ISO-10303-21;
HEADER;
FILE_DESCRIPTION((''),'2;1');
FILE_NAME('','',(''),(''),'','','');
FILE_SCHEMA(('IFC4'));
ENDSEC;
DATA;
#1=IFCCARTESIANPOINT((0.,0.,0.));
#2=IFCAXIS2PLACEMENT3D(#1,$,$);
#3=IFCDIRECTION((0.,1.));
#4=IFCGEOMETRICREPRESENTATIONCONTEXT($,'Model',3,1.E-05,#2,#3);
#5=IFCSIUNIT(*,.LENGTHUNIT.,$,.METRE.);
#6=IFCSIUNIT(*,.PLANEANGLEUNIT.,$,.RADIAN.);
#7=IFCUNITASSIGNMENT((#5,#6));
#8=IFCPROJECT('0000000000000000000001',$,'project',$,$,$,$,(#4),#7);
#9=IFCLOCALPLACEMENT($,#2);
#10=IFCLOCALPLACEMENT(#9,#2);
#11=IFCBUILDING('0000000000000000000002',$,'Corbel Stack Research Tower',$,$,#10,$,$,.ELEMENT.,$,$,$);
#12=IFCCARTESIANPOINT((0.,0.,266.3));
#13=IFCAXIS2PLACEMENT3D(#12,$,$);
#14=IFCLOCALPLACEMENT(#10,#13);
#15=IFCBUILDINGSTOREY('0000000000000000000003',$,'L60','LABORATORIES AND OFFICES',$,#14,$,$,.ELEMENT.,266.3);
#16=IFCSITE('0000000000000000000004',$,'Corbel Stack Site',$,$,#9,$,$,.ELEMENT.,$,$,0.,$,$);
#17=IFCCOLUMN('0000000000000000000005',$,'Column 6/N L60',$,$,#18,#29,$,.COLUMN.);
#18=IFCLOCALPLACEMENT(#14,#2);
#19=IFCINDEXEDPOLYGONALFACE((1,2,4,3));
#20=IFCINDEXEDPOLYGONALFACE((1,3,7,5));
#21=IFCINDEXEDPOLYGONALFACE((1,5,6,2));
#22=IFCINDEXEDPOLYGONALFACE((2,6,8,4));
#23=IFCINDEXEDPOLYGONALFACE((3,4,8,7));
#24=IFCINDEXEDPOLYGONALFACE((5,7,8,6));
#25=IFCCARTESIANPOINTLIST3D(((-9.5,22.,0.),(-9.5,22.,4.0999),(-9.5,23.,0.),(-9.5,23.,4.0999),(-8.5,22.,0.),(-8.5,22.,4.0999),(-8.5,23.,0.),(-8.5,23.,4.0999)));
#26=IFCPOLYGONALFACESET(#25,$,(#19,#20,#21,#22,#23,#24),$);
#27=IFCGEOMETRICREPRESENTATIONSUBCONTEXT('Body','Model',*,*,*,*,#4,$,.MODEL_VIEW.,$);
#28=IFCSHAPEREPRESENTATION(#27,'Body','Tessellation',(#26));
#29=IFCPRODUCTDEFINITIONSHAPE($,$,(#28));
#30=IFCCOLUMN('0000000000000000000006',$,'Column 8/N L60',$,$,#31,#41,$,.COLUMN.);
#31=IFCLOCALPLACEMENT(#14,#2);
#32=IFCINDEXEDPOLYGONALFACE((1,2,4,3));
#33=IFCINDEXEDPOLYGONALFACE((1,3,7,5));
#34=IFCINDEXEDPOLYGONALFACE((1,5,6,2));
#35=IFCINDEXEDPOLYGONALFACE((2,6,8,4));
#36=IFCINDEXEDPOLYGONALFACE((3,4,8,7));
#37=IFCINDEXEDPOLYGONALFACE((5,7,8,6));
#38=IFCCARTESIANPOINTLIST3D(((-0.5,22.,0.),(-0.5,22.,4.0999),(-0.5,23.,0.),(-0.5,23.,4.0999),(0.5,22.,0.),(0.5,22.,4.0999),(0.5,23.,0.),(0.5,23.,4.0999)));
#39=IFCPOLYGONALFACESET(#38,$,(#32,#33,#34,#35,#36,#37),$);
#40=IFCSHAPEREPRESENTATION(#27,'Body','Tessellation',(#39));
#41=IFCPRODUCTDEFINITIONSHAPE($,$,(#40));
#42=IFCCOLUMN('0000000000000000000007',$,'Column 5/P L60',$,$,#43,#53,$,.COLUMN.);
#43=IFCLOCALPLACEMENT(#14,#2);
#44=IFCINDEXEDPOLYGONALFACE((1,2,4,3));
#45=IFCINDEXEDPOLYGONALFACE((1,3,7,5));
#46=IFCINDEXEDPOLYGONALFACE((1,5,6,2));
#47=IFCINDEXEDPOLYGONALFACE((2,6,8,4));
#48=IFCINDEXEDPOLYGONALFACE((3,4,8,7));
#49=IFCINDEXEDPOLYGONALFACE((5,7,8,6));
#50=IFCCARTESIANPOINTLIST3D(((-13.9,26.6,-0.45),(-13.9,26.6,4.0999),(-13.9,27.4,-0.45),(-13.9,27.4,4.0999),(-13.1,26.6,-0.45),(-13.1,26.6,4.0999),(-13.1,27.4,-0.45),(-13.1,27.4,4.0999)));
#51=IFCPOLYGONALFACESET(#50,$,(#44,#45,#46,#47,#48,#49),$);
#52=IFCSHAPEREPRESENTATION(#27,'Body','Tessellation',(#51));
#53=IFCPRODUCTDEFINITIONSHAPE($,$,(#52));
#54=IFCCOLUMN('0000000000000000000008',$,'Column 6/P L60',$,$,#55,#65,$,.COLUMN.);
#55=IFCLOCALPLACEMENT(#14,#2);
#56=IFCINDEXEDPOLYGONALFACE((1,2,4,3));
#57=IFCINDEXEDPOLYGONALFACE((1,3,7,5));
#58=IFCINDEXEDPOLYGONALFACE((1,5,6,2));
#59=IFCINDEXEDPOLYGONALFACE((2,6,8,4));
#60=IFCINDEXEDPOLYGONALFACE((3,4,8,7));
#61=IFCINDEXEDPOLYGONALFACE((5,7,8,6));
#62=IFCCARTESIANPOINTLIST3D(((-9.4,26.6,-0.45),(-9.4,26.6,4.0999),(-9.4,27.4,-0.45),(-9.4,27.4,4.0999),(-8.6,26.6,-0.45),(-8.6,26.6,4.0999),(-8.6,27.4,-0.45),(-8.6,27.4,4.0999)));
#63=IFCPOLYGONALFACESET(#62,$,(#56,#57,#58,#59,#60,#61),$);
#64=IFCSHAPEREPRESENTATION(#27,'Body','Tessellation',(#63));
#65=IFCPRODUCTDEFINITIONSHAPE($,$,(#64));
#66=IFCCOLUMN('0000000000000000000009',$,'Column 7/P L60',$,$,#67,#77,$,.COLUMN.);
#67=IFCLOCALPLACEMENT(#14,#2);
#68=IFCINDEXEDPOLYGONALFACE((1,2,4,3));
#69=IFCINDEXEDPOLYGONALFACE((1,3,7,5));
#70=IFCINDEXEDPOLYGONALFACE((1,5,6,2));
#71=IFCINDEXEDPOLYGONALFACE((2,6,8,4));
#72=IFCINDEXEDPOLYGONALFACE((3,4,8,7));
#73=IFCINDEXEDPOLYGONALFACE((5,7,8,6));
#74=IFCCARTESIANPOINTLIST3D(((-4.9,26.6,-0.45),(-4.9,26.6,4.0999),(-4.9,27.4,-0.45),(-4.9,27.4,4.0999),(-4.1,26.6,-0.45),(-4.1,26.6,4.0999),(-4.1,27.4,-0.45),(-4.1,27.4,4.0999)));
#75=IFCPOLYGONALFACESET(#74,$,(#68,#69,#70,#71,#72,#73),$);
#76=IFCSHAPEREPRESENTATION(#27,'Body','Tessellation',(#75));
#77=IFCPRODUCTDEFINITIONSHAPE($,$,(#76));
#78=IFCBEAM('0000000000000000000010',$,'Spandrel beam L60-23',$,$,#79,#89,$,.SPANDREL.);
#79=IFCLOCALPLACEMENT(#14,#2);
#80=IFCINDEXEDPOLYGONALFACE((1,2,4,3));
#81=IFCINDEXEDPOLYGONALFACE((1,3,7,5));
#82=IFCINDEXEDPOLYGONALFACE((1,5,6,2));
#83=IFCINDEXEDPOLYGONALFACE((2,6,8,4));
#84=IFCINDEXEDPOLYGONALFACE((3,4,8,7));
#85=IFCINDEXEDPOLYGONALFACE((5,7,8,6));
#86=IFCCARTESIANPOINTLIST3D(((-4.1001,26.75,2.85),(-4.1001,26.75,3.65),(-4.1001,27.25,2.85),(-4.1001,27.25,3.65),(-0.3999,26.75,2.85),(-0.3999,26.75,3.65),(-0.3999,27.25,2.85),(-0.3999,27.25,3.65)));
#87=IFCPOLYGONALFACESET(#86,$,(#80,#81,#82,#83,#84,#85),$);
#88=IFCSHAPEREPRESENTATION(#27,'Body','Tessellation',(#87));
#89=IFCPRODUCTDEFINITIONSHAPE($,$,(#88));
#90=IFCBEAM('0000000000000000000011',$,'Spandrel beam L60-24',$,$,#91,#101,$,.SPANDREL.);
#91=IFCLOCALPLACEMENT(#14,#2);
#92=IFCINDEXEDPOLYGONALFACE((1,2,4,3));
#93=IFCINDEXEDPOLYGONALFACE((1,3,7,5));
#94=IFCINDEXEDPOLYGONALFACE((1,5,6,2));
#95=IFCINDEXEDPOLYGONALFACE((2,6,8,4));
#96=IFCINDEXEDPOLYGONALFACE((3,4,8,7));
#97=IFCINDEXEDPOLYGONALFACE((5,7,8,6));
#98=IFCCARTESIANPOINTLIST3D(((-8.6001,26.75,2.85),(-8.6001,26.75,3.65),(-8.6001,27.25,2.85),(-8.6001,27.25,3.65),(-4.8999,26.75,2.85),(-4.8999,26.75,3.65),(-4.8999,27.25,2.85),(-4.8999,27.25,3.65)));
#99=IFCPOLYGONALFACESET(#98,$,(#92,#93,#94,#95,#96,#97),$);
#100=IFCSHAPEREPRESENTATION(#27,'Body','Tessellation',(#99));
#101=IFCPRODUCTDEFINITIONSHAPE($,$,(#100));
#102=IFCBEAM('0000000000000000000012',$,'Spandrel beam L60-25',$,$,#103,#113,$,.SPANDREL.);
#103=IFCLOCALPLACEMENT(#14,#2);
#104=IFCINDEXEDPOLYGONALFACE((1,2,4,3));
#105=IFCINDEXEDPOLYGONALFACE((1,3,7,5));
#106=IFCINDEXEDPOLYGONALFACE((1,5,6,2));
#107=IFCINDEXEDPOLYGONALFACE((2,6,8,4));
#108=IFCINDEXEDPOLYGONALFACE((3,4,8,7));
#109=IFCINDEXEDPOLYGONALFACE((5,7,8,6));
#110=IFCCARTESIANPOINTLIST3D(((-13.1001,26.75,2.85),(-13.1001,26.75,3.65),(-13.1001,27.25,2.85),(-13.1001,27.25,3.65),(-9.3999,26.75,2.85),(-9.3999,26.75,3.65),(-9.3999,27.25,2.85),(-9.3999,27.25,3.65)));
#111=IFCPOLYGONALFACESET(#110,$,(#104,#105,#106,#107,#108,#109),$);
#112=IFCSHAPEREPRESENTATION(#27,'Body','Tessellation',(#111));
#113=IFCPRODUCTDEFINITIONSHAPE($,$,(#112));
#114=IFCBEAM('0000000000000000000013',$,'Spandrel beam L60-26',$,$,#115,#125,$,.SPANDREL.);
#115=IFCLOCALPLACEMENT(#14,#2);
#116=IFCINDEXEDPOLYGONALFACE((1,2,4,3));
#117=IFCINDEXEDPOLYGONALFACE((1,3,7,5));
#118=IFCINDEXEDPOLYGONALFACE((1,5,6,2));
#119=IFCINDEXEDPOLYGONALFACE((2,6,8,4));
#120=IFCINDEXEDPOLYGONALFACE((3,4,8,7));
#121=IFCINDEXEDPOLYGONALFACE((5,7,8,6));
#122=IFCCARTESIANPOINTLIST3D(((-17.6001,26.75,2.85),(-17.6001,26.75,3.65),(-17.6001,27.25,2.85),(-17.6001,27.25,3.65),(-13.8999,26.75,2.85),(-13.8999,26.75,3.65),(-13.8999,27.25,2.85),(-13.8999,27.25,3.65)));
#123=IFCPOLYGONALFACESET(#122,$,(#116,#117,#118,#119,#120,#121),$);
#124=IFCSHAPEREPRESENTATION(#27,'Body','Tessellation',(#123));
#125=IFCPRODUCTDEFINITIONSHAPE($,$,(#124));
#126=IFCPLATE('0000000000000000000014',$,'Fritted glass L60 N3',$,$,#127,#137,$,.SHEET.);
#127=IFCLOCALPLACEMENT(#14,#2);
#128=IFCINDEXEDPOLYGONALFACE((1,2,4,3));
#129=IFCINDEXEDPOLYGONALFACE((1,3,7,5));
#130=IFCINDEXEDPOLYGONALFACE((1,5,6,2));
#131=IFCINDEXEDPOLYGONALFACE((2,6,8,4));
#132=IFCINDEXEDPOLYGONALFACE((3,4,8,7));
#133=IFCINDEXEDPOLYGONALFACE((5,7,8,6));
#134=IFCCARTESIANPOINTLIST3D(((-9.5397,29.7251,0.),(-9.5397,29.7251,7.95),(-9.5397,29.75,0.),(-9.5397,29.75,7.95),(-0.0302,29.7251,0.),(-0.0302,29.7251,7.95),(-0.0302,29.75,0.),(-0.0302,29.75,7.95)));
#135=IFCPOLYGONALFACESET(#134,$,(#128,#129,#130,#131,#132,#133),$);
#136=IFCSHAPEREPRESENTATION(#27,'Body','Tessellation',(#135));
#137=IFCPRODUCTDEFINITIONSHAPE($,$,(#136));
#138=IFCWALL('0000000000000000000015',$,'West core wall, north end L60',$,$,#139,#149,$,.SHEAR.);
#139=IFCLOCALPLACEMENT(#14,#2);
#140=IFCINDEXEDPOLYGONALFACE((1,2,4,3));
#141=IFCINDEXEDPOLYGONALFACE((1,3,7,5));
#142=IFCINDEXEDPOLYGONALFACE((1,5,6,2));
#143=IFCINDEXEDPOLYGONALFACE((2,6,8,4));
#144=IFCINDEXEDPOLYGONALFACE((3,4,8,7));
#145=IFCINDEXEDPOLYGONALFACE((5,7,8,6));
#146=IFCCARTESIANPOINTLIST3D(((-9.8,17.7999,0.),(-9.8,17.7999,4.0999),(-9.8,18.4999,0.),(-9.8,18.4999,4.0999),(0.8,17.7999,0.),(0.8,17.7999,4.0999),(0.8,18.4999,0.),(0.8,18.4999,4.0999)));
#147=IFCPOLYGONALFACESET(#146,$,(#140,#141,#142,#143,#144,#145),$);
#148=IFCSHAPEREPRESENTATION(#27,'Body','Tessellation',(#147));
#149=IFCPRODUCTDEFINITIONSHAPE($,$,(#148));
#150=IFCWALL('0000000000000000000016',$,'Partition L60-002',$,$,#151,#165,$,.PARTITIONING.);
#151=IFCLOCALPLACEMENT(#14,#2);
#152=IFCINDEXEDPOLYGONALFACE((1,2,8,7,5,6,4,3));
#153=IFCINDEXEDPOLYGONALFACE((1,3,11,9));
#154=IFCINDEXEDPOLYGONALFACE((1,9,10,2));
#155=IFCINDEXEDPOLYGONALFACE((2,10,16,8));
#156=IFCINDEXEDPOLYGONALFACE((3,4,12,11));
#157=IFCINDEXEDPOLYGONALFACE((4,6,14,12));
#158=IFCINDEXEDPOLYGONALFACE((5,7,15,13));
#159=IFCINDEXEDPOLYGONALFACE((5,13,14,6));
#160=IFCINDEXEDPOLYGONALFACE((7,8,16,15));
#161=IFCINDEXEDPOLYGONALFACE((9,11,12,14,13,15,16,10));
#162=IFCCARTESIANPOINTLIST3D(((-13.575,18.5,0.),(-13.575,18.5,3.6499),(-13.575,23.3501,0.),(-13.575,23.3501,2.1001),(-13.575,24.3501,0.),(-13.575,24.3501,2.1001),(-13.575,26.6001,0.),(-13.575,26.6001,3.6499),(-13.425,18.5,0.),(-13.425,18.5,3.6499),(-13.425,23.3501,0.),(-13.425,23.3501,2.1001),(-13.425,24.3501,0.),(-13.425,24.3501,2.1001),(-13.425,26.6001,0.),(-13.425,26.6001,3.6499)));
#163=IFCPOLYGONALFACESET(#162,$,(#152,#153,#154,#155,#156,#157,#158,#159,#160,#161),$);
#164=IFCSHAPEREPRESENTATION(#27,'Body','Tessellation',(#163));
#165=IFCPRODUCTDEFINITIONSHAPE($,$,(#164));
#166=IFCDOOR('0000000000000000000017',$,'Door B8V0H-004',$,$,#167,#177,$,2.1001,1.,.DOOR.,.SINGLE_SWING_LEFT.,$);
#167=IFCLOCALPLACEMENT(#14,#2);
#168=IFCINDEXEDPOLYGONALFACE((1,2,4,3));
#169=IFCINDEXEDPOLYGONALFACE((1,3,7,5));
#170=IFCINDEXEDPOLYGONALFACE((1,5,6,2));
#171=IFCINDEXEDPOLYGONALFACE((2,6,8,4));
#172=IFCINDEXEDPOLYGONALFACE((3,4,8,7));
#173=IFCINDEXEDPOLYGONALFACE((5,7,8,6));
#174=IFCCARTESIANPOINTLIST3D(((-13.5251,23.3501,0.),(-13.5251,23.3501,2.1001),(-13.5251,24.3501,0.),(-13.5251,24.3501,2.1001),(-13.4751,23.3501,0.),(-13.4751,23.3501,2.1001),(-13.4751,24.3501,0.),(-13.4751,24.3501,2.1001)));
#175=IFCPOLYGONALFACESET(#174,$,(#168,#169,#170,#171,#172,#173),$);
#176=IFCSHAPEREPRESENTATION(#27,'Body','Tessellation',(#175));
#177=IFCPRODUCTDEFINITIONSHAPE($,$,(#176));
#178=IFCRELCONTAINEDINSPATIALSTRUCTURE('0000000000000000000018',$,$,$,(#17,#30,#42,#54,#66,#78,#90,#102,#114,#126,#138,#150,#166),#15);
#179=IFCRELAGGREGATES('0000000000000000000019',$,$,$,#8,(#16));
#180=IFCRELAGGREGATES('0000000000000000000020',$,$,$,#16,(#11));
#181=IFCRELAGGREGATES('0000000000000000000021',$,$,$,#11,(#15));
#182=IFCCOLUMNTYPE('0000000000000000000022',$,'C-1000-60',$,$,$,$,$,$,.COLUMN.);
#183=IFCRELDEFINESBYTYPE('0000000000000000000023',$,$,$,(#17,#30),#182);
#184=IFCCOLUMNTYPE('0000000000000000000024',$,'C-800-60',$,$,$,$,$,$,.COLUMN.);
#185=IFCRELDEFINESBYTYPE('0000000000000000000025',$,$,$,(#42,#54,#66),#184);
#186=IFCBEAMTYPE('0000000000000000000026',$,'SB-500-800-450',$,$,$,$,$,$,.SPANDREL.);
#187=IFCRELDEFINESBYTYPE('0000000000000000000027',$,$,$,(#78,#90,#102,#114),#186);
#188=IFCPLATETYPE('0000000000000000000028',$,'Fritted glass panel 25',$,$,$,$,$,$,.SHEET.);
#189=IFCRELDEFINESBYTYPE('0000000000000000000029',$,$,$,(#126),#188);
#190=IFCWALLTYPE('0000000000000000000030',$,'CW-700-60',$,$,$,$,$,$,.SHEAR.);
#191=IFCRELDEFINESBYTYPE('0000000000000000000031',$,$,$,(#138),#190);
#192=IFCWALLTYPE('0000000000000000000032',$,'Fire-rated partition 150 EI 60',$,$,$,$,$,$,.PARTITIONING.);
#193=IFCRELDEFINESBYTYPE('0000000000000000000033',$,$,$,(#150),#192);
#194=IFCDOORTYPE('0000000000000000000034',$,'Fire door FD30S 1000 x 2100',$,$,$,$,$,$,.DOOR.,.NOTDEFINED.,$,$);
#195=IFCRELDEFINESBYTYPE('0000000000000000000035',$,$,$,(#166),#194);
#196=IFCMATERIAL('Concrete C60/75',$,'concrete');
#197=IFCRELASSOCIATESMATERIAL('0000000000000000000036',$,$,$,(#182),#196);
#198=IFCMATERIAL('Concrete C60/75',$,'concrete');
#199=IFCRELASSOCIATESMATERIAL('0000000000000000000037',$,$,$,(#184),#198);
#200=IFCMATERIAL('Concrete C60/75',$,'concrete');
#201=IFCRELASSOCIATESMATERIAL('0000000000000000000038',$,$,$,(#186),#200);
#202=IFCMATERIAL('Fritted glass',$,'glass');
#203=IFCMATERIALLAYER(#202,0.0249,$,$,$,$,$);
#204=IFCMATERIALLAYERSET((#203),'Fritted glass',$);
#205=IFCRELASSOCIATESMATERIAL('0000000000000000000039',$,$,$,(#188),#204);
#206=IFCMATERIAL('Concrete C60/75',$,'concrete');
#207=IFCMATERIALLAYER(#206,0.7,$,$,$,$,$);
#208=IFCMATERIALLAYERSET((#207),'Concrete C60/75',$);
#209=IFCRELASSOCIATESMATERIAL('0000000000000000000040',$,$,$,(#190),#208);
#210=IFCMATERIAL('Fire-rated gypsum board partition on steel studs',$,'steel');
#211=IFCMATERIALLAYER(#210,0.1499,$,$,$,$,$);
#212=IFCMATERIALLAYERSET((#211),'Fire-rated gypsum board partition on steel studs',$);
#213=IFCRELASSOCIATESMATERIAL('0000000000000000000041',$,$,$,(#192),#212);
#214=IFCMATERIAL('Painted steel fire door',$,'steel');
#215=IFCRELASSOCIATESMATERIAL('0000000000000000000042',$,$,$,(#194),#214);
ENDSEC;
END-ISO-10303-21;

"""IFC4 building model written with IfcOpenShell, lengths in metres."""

from ifc_helpers import new_model, si_unit, direction, frame, frame_2d, origin, origin_2d, place, context, subcontext, project, spatial, rectangle, extrude, material, layer, layer_set, material_profile, profile_set, type_object, element, fill, save


model = new_model("IFC4")

# Units and contexts
model_context = context("Model", 3, precision=1e-05, world=origin(), true_north=direction((0.0, 1.0)))
body_context = subcontext(model_context, "Body", "Model", "MODEL_VIEW")
ifc_project = project(units=[si_unit("LENGTHUNIT", "METRE"), si_unit("PLANEANGLEUNIT", "RADIAN")], contexts=[model_context])

# Site, building, storey
site_placement = place(None, origin())
site = spatial("IfcSite", under=ifc_project, at=site_placement, Name="Corbel Stack Site", CompositionType="ELEMENT", RefElevation=0.0)
building_placement = place(site_placement, origin())
building = spatial("IfcBuilding", under=site, at=building_placement, Name="Corbel Stack Research Tower", CompositionType="ELEMENT")
storey_placement = place(building_placement, frame((0.0, 0.0, 266.3)))
storey = spatial("IfcBuildingStorey", under=building, at=storey_placement, Name="L60", Description="LABORATORIES AND OFFICES", CompositionType="ELEMENT", Elevation=266.3)

# Columns
ifc_material_1 = material(Name="Concrete C60/75", Category="concrete")
ifc_material_profile_1 = material_profile(ifc_material_1, rectangle(XDim=1.0, YDim=1.0, at=origin_2d()), Name="RC 1000 x 1000")
ifc_profile_set_1 = profile_set([ifc_material_profile_1], Name="Concrete C60/75")
column_type_1 = type_object("IfcColumnType", Name="C-1000-60", PredefinedType="COLUMN", material=ifc_profile_set_1)
for number, where, z_axis, x_axis, name in (
    (1, (-9.0, 22.5, 0.0), (0.0, 0.0, 1.0), (1.0, 0.0, 0.0), "Column 6/N L60"),
    (2, (0.0, 22.5, 0.0), (0.0, 0.0, 1.0), (1.0, 0.0, 0.0), "Column 8/N L60"),
):
    element("IfcColumn", number, at=place(storey_placement, frame(where, z_axis=z_axis, x_axis=x_axis)), inside=storey, type_object=column_type_1, Name=name, PredefinedType="COLUMN", context=body_context, shape_type="SweptSolid", body=[
        extrude(rectangle(XDim=1.0, YDim=1.0, at=origin_2d()), origin(), (0.0, 0.0, 1.0), 4.0999),
    ])
ifc_material_2 = material(Name="Concrete C60/75", Category="concrete")
ifc_material_profile_2 = material_profile(ifc_material_2, rectangle(XDim=0.8, YDim=0.8, at=origin_2d()), Name="RC 800 x 800")
ifc_profile_set_2 = profile_set([ifc_material_profile_2], Name="Concrete C60/75")
column_type_2 = type_object("IfcColumnType", Name="C-800-60", PredefinedType="COLUMN", material=ifc_profile_set_2)
for number, where, z_axis, x_axis, name in (
    (3, (-13.5, 27.0, -0.45), (0.0, 0.0, 1.0), (1.0, 0.0, 0.0), "Column 5/P L60"),
    (4, (-9.0, 27.0, -0.45), (0.0, 0.0, 1.0), (1.0, 0.0, 0.0), "Column 6/P L60"),
    (5, (-4.5, 27.0, -0.45), (0.0, 0.0, 1.0), (1.0, 0.0, 0.0), "Column 7/P L60"),
):
    element("IfcColumn", number, at=place(storey_placement, frame(where, z_axis=z_axis, x_axis=x_axis)), inside=storey, type_object=column_type_2, Name=name, PredefinedType="COLUMN", context=body_context, shape_type="SweptSolid", body=[
        extrude(rectangle(XDim=0.8, YDim=0.8, at=origin_2d()), origin(), (0.0, 0.0, 1.0), 4.5498),
    ])

# Beams
ifc_material_3 = material(Name="Concrete C60/75", Category="concrete")
ifc_material_profile_3 = material_profile(ifc_material_3, rectangle(XDim=0.5, YDim=0.8, at=origin_2d()), Name="RC 500 x 800")
ifc_profile_set_3 = profile_set([ifc_material_profile_3], Name="Concrete C60/75")
beam_type = type_object("IfcBeamType", Name="SB-500-800-450", PredefinedType="SPANDREL", material=ifc_profile_set_3)
for number, where, z_axis, x_axis, name in (
    (6, (-0.3999, 27.0, 3.25), (-1.0, 0.0, 0.0), (0.0, -1.0, 0.0), "Spandrel beam L60-23"),
    (7, (-4.8999, 27.0, 3.25), (-1.0, 0.0, 0.0), (0.0, -1.0, 0.0), "Spandrel beam L60-24"),
    (8, (-9.3999, 27.0, 3.25), (-1.0, 0.0, 0.0), (0.0, -1.0, 0.0), "Spandrel beam L60-25"),
    (9, (-13.8999, 27.0, 3.25), (-1.0, 0.0, 0.0), (0.0, -1.0, 0.0), "Spandrel beam L60-26"),
):
    element("IfcBeam", number, at=place(storey_placement, frame(where, z_axis=z_axis, x_axis=x_axis)), inside=storey, type_object=beam_type, Name=name, PredefinedType="SPANDREL", context=body_context, shape_type="SweptSolid", body=[
        extrude(rectangle(XDim=0.5, YDim=0.8, at=origin_2d()), origin(), (0.0, 0.0, 1.0), 3.7002),
    ])

# Plate
ifc_material_4 = material(Name="Fritted glass", Category="glass")
ifc_layer_1 = layer(ifc_material_4, 0.0249)
ifc_layer_set_1 = layer_set([ifc_layer_1], Name="Fritted glass")
plate_type = type_object("IfcPlateType", Name="Fritted glass panel 25", PredefinedType="SHEET", material=ifc_layer_set_1)
plate_placement = place(storey_placement, frame((-4.7849, 29.7375, 0.0), z_axis=(0.0, 0.0, 1.0), x_axis=(-1.0, 0.0, 0.0)))
element("IfcPlate", 10, at=plate_placement, inside=storey, type_object=plate_type, Name="Fritted glass L60 N3", PredefinedType="SHEET", context=body_context, shape_type="SweptSolid", body=[
    extrude(rectangle(XDim=9.5095, YDim=0.0249, at=origin_2d()), origin(), (0.0, 0.0, 1.0), 7.95),
])

# Wall
ifc_material_5 = material(Name="Concrete C60/75", Category="concrete")
ifc_layer_2 = layer(ifc_material_5, 0.7)
ifc_layer_set_2 = layer_set([ifc_layer_2], Name="Concrete C60/75")
wall_type_1 = type_object("IfcWallType", Name="CW-700-60", PredefinedType="SHEAR", material=ifc_layer_set_2)
wall_1_placement = place(storey_placement, frame((-9.8, 18.1499, 0.0), z_axis=(0.0, 0.0, 1.0), x_axis=(1.0, 0.0, 0.0)))
element("IfcWall", 11, at=wall_1_placement, inside=storey, type_object=wall_type_1, Name="West core wall, north end L60", PredefinedType="SHEAR", context=body_context, shape_type="SweptSolid", body=[
    extrude(rectangle(XDim=10.6001, YDim=0.7, at=frame_2d((5.3, 0.0))), origin(), (0.0, 0.0, 1.0), 4.0999),
])

# Wall, opening, door
ifc_material_6 = material(Name="Fire-rated gypsum board partition on steel studs", Category="steel")
ifc_layer_3 = layer(ifc_material_6, 0.1499)
ifc_layer_set_3 = layer_set([ifc_layer_3], Name="Fire-rated gypsum board partition on steel studs")
wall_type_2 = type_object("IfcWallType", Name="Fire-rated partition 150 EI 60", PredefinedType="PARTITIONING", material=ifc_layer_set_3)
wall_2_placement = place(storey_placement, frame((-13.5, 26.6001, 0.0), z_axis=(0.0, 0.0, 1.0), x_axis=(0.0, -1.0, 0.0)))
wall_2 = element("IfcWall", 12, at=wall_2_placement, inside=storey, type_object=wall_type_2, Name="Partition L60-002", PredefinedType="PARTITIONING", context=body_context, shape_type="SweptSolid", body=[
    extrude(rectangle(XDim=8.1001, YDim=0.1499, at=frame_2d((4.05, 0.0))), origin(), (0.0, 0.0, 1.0), 3.6499),
])
opening_1_placement = place(wall_2_placement, frame((2.25, 0.0, 0.0)))
opening_1 = element("IfcOpeningElement", 13, at=opening_1_placement, cuts=wall_2, PredefinedType="OPENING", context=body_context, shape_type="SweptSolid", body=[
    extrude(rectangle(XDim=1.0, YDim=2.1001, at=frame_2d((0.5, 1.05))), frame((0.0, 0.085, 0.0), z_axis=(0.0, -1.0, 0.0), x_axis=(1.0, 0.0, 0.0)), (0.0, 0.0, 1.0), 0.1699),
])
ifc_material_7 = material(Name="Painted steel fire door", Category="steel")
door_type_1 = type_object("IfcDoorType", Name="Fire door FD30S 1000 x 2100", OperationType="NOTDEFINED", PredefinedType="DOOR", material=ifc_material_7)
door_1_placement = place(opening_1_placement, origin())
door_1 = element("IfcDoor", 14, at=door_1_placement, inside=storey, type_object=door_type_1, Name="Door B8V0H-004", OperationType="SINGLE_SWING_LEFT", OverallHeight=2.1001, OverallWidth=1.0, PredefinedType="DOOR", context=body_context, shape_type="SweptSolid", body=[
    extrude(rectangle(XDim=1.0, YDim=2.1001, at=frame_2d((0.5, 1.05))), frame((0.0, 0.0249, 0.0), z_axis=(0.0, -1.0, 0.0), x_axis=(1.0, 0.0, 0.0)), (0.0, 0.0, 1.0), 0.05),
])
fill(opening_1, door_1)

save(model, "model.ifc")
